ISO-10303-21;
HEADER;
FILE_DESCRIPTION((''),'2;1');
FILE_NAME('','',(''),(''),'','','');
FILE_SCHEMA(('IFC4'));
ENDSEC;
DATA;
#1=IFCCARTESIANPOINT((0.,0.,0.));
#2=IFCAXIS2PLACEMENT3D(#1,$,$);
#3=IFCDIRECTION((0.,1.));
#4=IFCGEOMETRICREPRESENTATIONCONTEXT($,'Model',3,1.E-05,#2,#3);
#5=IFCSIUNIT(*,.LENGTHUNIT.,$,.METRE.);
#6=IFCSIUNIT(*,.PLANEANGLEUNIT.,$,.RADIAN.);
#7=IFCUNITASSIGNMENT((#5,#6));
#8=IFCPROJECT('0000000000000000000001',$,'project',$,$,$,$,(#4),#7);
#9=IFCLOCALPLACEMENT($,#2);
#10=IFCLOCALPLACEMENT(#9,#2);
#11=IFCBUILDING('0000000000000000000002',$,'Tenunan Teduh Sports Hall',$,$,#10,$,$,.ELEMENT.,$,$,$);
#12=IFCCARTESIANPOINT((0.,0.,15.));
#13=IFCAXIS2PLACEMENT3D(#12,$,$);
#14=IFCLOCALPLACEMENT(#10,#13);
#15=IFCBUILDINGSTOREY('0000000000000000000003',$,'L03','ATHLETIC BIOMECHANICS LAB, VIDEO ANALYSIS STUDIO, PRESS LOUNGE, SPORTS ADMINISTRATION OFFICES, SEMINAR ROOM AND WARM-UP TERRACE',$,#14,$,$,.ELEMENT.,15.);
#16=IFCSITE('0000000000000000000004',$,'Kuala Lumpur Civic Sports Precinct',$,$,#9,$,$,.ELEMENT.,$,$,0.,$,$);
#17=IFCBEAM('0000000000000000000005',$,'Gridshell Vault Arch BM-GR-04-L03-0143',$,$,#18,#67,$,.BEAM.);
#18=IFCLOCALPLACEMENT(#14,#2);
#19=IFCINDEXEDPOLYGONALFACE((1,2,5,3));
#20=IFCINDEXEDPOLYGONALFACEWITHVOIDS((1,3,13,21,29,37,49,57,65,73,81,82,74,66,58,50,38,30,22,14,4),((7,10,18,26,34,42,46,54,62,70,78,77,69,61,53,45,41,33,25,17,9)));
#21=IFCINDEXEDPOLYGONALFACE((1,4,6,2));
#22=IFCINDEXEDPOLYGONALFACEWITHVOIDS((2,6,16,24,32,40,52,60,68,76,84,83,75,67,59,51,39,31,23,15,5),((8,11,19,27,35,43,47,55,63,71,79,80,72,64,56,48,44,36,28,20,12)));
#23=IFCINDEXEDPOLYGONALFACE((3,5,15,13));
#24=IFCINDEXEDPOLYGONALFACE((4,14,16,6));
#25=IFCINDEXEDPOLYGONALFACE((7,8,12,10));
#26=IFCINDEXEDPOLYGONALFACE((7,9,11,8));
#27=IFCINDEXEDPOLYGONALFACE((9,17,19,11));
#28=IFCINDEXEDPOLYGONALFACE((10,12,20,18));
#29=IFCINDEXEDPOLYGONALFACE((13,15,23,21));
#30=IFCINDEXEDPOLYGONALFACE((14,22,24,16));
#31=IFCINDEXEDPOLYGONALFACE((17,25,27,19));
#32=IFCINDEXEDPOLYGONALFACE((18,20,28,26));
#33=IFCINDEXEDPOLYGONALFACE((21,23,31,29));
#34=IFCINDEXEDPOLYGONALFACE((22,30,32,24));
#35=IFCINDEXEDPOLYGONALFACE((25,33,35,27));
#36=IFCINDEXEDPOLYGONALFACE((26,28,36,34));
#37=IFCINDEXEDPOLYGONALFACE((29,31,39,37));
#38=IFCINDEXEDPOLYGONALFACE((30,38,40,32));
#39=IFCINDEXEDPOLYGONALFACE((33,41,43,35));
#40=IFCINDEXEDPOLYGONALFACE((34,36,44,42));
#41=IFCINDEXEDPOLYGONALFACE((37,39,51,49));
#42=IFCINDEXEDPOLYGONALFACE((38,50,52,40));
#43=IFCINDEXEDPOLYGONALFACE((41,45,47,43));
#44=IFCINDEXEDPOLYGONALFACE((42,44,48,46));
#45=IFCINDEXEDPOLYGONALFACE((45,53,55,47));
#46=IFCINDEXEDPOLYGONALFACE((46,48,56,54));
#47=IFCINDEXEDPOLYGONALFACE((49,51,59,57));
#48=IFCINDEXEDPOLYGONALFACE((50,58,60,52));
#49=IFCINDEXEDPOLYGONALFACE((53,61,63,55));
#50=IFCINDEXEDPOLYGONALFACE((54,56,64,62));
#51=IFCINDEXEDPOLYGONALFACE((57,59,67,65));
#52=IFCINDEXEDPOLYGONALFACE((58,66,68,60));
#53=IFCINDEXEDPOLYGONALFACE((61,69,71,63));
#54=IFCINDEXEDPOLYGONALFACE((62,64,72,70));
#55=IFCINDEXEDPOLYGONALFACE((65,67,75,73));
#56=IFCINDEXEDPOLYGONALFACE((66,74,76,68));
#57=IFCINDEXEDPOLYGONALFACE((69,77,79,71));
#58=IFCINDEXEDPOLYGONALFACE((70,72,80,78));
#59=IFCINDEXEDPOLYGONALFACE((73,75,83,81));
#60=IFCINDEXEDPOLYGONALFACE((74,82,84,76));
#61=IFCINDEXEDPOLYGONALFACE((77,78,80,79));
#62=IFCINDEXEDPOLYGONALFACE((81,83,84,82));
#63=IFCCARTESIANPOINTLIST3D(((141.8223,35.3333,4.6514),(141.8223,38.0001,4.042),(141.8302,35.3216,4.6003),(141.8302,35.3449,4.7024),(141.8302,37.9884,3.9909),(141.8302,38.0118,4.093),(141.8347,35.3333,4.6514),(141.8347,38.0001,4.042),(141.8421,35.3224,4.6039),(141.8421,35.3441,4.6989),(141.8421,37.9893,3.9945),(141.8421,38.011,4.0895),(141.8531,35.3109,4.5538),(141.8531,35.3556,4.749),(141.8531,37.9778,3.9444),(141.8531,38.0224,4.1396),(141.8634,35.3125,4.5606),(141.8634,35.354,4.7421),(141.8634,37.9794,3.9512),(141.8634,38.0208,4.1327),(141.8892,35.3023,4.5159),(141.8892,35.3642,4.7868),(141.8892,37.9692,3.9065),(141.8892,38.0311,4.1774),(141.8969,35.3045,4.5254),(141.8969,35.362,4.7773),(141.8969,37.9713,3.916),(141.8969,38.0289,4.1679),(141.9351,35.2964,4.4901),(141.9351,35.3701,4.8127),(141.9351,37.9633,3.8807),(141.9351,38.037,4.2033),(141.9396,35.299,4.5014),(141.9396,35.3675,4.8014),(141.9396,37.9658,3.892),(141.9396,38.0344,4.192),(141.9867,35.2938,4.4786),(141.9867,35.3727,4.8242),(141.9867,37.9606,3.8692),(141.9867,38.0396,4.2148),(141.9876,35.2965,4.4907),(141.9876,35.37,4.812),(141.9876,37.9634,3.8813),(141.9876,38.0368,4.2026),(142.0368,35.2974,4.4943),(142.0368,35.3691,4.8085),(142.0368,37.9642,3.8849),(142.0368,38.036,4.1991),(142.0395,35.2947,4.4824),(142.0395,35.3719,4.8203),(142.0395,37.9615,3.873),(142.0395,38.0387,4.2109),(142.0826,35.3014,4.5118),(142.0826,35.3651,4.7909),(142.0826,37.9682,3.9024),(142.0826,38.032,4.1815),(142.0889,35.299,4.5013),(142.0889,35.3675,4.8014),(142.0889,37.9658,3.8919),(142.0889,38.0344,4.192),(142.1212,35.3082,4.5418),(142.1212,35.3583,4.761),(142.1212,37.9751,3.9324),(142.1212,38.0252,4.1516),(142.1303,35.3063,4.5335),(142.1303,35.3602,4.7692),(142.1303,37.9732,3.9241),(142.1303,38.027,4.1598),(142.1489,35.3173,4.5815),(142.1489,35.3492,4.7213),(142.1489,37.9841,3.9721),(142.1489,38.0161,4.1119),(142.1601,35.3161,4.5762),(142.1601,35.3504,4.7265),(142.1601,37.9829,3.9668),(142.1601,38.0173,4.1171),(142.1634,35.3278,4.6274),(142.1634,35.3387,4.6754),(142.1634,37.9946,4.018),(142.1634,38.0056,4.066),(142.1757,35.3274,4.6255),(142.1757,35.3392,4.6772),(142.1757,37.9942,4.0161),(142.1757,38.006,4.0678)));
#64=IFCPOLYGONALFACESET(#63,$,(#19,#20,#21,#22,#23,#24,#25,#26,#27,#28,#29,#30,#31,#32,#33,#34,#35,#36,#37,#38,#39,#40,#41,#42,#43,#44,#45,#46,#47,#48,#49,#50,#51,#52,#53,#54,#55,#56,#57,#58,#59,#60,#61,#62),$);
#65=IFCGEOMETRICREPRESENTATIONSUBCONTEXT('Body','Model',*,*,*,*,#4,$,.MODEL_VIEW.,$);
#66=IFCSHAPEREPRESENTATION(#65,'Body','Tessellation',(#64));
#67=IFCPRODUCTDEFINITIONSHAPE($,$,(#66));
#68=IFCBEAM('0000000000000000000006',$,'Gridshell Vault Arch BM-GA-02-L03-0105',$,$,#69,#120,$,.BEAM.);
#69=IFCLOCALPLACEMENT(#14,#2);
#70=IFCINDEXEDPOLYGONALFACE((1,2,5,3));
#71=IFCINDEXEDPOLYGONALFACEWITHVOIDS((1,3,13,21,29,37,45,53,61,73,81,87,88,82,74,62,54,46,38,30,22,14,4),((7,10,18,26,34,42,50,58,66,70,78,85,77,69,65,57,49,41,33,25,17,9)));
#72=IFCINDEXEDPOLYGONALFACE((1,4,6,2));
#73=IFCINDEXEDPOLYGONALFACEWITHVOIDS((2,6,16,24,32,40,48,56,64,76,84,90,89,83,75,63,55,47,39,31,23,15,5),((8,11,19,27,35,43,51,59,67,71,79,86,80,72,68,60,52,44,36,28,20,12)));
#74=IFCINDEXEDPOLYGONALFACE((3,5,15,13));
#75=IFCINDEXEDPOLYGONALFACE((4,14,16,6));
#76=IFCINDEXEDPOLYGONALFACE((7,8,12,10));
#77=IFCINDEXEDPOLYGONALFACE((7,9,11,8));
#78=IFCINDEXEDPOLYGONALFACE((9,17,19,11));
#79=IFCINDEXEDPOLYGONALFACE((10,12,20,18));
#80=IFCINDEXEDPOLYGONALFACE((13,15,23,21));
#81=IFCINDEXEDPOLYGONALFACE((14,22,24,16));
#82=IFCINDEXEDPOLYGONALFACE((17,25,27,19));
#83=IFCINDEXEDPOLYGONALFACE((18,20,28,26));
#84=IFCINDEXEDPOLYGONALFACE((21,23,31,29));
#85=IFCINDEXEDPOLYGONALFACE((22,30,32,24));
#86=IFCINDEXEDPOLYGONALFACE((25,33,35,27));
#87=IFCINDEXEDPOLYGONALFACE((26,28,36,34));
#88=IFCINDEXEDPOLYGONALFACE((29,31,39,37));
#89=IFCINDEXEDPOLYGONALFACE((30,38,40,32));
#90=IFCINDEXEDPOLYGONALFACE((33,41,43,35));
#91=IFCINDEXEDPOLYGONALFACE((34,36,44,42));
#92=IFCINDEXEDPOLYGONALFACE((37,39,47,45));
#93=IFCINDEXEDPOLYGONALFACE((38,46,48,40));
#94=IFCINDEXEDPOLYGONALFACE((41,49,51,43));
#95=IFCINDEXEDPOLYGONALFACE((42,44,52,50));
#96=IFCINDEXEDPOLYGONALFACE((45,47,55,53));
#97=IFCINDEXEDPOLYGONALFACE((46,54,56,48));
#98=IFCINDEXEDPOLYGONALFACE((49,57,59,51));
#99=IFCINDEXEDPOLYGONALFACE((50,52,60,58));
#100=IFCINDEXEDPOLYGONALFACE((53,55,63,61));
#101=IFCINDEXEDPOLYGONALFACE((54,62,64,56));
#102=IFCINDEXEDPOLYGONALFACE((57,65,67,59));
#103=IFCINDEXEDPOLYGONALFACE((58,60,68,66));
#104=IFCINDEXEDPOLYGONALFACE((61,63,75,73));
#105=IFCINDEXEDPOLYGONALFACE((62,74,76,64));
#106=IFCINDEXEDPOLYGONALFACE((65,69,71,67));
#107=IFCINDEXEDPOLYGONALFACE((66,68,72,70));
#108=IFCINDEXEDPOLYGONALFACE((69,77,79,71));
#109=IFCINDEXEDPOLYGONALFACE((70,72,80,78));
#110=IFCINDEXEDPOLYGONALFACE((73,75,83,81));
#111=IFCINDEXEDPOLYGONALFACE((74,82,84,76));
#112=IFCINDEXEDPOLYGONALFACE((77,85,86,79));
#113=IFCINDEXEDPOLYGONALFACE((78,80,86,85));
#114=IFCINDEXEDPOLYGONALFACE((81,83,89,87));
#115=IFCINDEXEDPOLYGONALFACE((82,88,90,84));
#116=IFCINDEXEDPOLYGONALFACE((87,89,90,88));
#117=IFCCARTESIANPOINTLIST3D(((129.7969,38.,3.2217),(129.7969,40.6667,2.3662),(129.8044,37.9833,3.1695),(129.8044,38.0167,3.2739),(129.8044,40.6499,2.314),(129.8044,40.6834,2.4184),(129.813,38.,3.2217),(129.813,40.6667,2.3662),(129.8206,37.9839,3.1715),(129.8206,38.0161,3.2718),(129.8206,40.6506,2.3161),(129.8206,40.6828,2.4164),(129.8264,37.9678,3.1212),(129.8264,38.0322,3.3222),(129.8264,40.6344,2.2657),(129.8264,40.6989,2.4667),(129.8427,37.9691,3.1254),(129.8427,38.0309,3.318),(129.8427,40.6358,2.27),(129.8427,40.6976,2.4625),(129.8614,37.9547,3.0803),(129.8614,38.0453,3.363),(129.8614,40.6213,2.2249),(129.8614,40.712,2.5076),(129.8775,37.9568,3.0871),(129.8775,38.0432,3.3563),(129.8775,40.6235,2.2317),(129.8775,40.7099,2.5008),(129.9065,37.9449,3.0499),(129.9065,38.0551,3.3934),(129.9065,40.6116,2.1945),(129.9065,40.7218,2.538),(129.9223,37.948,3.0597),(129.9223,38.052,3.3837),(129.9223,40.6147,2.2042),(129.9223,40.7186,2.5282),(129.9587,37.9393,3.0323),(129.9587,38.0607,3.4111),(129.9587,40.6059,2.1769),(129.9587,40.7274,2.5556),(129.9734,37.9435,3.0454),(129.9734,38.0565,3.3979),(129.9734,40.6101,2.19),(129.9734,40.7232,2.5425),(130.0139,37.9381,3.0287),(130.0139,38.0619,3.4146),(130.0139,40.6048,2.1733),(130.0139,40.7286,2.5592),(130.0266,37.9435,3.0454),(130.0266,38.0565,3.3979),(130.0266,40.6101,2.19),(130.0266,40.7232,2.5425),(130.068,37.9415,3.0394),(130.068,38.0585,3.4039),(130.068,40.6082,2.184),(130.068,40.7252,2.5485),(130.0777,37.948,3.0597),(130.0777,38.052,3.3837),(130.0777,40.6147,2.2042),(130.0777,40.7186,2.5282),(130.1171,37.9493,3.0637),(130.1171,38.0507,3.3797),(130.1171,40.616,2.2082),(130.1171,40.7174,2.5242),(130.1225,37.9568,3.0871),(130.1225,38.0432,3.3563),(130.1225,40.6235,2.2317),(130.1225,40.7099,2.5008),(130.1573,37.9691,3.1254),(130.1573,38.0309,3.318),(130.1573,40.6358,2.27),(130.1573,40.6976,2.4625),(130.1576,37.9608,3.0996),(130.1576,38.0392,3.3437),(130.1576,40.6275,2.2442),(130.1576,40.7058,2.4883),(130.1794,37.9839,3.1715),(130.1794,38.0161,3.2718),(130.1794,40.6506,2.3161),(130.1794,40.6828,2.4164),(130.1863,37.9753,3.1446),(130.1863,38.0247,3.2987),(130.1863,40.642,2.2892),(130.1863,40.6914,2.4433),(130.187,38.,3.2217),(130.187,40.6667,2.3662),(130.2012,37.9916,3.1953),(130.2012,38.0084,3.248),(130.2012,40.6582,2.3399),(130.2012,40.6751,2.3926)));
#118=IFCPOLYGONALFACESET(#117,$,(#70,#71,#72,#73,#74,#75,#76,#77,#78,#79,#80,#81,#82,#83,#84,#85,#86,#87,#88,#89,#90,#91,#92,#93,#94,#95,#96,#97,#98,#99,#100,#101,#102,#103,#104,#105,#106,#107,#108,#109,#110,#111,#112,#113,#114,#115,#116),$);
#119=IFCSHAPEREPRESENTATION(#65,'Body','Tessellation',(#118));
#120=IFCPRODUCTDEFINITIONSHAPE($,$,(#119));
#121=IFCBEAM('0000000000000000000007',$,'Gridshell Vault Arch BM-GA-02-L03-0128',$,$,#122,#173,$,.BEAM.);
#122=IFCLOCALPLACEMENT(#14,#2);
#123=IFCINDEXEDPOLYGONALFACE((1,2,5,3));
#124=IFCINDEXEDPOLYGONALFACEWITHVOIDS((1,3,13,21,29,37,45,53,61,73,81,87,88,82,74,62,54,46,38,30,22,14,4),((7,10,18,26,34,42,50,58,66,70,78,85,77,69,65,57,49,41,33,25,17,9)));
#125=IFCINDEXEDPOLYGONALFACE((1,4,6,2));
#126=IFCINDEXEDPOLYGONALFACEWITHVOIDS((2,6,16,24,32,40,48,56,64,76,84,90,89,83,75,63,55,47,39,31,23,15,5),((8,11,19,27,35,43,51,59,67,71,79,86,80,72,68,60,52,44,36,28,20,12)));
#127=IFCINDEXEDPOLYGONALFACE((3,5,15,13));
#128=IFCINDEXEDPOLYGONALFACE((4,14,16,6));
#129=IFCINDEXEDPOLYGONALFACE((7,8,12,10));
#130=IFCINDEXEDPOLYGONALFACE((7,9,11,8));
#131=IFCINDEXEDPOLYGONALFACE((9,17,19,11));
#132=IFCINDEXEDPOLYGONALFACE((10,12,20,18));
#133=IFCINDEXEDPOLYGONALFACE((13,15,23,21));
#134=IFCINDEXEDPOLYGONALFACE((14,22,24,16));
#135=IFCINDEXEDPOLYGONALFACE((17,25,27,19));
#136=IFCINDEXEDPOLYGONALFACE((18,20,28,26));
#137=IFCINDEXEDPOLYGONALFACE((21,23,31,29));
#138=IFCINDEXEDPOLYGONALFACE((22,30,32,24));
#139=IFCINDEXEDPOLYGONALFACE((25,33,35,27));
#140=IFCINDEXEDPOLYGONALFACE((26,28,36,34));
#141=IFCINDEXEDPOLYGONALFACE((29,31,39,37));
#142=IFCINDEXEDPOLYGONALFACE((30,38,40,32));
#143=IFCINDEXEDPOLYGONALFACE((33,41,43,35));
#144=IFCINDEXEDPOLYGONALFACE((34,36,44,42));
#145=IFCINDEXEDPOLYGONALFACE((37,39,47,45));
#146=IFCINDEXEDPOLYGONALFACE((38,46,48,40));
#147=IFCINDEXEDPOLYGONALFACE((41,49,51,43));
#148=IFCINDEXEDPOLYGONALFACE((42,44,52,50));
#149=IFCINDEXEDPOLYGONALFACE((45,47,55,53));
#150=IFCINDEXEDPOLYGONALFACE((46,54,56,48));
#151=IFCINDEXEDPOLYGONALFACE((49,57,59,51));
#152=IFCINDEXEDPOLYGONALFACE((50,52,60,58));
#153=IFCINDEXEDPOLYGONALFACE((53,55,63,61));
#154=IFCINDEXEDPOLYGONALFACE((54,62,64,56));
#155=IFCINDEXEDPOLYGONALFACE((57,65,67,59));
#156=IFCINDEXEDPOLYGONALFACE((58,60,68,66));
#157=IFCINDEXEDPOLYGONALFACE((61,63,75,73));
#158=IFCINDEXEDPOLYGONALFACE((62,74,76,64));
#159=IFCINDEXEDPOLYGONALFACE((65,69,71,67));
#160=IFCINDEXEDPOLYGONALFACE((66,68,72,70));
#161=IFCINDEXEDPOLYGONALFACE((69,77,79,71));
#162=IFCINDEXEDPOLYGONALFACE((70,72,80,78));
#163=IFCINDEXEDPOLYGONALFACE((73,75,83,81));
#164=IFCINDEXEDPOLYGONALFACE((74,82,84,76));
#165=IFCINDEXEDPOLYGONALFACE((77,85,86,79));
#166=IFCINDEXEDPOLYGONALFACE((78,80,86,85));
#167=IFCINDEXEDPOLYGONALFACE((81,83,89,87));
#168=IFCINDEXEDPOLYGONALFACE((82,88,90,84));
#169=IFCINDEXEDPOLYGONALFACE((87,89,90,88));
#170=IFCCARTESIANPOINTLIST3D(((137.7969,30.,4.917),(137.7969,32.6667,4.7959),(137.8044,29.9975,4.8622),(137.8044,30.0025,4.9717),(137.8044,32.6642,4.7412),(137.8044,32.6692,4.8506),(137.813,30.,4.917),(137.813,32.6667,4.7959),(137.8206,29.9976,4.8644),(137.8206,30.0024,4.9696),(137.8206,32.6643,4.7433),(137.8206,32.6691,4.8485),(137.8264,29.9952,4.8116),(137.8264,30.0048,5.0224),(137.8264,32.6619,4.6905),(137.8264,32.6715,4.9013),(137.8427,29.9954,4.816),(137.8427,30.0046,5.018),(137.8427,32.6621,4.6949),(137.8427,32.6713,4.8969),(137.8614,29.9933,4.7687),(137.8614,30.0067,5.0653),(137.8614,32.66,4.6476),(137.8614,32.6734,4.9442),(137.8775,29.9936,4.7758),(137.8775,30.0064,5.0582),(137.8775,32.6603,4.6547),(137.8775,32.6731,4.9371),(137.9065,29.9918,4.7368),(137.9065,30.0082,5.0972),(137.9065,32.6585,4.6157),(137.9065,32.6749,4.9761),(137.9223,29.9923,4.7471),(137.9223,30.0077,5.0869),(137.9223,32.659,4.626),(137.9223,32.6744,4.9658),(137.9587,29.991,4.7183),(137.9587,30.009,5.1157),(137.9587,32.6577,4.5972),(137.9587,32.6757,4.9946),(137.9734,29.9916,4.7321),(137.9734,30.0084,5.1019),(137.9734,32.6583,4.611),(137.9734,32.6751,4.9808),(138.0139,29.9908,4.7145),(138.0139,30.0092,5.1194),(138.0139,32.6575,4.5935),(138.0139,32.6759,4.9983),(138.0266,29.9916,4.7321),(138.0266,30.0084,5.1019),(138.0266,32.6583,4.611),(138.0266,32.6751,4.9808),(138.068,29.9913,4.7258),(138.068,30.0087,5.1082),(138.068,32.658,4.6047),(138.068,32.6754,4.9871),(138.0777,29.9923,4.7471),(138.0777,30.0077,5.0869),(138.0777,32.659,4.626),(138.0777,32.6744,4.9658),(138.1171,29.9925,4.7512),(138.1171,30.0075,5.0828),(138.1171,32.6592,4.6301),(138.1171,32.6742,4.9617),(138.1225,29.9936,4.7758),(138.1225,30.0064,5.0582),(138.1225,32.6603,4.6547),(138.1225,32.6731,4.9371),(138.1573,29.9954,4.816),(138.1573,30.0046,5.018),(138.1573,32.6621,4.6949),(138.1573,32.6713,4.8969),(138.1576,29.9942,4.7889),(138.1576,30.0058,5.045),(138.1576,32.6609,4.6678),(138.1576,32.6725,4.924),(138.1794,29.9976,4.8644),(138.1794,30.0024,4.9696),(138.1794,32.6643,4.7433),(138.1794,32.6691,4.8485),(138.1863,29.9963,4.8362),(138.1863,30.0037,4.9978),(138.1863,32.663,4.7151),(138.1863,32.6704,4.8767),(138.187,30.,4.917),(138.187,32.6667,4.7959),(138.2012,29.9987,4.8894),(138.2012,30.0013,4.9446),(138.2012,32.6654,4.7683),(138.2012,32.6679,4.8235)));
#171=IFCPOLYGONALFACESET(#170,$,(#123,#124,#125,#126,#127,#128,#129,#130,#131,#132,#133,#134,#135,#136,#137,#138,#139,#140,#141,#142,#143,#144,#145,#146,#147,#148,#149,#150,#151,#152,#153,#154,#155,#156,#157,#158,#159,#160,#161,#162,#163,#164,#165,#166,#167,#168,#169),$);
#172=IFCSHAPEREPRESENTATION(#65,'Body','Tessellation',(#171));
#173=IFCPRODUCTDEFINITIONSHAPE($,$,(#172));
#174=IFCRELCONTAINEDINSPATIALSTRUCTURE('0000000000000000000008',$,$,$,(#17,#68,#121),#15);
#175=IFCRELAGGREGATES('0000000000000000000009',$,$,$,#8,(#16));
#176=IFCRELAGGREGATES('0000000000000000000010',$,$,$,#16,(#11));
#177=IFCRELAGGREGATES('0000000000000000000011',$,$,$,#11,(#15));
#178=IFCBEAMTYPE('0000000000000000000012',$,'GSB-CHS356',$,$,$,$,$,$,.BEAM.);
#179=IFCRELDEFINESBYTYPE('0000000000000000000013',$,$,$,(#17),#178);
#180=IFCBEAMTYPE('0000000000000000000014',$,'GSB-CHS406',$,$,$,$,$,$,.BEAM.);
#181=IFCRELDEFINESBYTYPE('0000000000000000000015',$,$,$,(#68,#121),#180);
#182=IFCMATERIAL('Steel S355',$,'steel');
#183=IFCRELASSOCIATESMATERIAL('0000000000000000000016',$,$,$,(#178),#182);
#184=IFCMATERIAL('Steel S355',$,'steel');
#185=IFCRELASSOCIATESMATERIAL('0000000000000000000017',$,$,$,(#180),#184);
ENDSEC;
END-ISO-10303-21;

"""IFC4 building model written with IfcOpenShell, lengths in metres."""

from ifc_helpers import new_model, si_unit, direction, frame, origin, origin_2d, place, context, subcontext, project, spatial, hollow_circle, extrude, material, material_profile, profile_set, type_object, element, save


model = new_model("IFC4")

# Units and contexts
model_context = context("Model", 3, precision=1e-05, world=origin(), true_north=direction((0.0, 1.0)))
body_context = subcontext(model_context, "Body", "Model", "MODEL_VIEW")
ifc_project = project(units=[si_unit("LENGTHUNIT", "METRE"), si_unit("PLANEANGLEUNIT", "RADIAN")], contexts=[model_context])

# Site, building, storey
site_placement = place(None, origin())
site = spatial("IfcSite", under=ifc_project, at=site_placement, Name="Kuala Lumpur Civic Sports Precinct", CompositionType="ELEMENT", RefElevation=0.0)
building_placement = place(site_placement, origin())
building = spatial("IfcBuilding", under=site, at=building_placement, Name="Tenunan Teduh Sports Hall", CompositionType="ELEMENT")
storey_placement = place(building_placement, frame((0.0, 0.0, 15.0)))
storey = spatial("IfcBuildingStorey", under=building, at=storey_placement, Name="L03", Description="ATHLETIC BIOMECHANICS LAB, VIDEO ANALYSIS STUDIO, PRESS LOUNGE, SPORTS ADMINISTRATION OFFICES, SEMINAR ROOM AND WARM-UP TERRACE", CompositionType="ELEMENT", Elevation=15.0)

# Beams
ifc_material_1 = material(Name="Steel S355", Category="steel")
ifc_material_profile_1 = material_profile(ifc_material_1, hollow_circle(Radius=0.1777, WallThickness=0.0125, at=origin_2d()), Name="CHS 355.6x12.5")
ifc_profile_set_1 = profile_set([ifc_material_profile_1], Name="Steel S355")
beam_type_1 = type_object("IfcBeamType", Name="GSB-CHS356", PredefinedType="BEAM", material=ifc_profile_set_1)
beam_1_placement = place(storey_placement, frame((142.0, 35.3333, 4.6514), z_axis=(0.0, 0.974872, -0.222767), x_axis=(-1.0, 0.0, 0.0)))
element("IfcBeam", 1, at=beam_1_placement, inside=storey, type_object=beam_type_1, Name="Gridshell Vault Arch BM-GR-04-L03-0143", PredefinedType="BEAM", context=body_context, shape_type="SweptSolid", body=[
    extrude(hollow_circle(Radius=0.1777, WallThickness=0.0125, at=origin_2d()), origin(), (0.0, 0.0, 1.0), 2.7356),
])
ifc_material_2 = material(Name="Steel S355", Category="steel")
ifc_material_profile_2 = material_profile(ifc_material_2, hollow_circle(Radius=0.2031, WallThickness=0.0161, at=origin_2d()), Name="CHS 406.4x16.0")
ifc_profile_set_2 = profile_set([ifc_material_profile_2], Name="Steel S355")
beam_type_2 = type_object("IfcBeamType", Name="GSB-CHS406", PredefinedType="BEAM", material=ifc_profile_set_2)
beam_2_placement = place(storey_placement, frame((130.0, 38.0, 3.2217), z_axis=(0.0, 0.952205, -0.305459), x_axis=(-1.0, 0.0, 0.0)))
element("IfcBeam", 2, at=beam_2_placement, inside=storey, type_object=beam_type_2, Name="Gridshell Vault Arch BM-GA-02-L03-0105", PredefinedType="BEAM", context=body_context, shape_type="SweptSolid", body=[
    extrude(hollow_circle(Radius=0.2031, WallThickness=0.0161, at=origin_2d()), origin(), (0.0, 0.0, 1.0), 2.8005),
])
beam_3_placement = place(storey_placement, frame((138.0, 30.0, 4.917), z_axis=(0.0, 0.998971, -0.045362), x_axis=(-1.0, 0.0, 0.0)))
element("IfcBeam", 3, at=beam_3_placement, inside=storey, type_object=beam_type_2, Name="Gridshell Vault Arch BM-GA-02-L03-0128", PredefinedType="BEAM", context=body_context, shape_type="SweptSolid", body=[
    extrude(hollow_circle(Radius=0.2031, WallThickness=0.0161, at=origin_2d()), origin(), (0.0, 0.0, 1.0), 2.6694),
])

save(model, "model.ifc")
